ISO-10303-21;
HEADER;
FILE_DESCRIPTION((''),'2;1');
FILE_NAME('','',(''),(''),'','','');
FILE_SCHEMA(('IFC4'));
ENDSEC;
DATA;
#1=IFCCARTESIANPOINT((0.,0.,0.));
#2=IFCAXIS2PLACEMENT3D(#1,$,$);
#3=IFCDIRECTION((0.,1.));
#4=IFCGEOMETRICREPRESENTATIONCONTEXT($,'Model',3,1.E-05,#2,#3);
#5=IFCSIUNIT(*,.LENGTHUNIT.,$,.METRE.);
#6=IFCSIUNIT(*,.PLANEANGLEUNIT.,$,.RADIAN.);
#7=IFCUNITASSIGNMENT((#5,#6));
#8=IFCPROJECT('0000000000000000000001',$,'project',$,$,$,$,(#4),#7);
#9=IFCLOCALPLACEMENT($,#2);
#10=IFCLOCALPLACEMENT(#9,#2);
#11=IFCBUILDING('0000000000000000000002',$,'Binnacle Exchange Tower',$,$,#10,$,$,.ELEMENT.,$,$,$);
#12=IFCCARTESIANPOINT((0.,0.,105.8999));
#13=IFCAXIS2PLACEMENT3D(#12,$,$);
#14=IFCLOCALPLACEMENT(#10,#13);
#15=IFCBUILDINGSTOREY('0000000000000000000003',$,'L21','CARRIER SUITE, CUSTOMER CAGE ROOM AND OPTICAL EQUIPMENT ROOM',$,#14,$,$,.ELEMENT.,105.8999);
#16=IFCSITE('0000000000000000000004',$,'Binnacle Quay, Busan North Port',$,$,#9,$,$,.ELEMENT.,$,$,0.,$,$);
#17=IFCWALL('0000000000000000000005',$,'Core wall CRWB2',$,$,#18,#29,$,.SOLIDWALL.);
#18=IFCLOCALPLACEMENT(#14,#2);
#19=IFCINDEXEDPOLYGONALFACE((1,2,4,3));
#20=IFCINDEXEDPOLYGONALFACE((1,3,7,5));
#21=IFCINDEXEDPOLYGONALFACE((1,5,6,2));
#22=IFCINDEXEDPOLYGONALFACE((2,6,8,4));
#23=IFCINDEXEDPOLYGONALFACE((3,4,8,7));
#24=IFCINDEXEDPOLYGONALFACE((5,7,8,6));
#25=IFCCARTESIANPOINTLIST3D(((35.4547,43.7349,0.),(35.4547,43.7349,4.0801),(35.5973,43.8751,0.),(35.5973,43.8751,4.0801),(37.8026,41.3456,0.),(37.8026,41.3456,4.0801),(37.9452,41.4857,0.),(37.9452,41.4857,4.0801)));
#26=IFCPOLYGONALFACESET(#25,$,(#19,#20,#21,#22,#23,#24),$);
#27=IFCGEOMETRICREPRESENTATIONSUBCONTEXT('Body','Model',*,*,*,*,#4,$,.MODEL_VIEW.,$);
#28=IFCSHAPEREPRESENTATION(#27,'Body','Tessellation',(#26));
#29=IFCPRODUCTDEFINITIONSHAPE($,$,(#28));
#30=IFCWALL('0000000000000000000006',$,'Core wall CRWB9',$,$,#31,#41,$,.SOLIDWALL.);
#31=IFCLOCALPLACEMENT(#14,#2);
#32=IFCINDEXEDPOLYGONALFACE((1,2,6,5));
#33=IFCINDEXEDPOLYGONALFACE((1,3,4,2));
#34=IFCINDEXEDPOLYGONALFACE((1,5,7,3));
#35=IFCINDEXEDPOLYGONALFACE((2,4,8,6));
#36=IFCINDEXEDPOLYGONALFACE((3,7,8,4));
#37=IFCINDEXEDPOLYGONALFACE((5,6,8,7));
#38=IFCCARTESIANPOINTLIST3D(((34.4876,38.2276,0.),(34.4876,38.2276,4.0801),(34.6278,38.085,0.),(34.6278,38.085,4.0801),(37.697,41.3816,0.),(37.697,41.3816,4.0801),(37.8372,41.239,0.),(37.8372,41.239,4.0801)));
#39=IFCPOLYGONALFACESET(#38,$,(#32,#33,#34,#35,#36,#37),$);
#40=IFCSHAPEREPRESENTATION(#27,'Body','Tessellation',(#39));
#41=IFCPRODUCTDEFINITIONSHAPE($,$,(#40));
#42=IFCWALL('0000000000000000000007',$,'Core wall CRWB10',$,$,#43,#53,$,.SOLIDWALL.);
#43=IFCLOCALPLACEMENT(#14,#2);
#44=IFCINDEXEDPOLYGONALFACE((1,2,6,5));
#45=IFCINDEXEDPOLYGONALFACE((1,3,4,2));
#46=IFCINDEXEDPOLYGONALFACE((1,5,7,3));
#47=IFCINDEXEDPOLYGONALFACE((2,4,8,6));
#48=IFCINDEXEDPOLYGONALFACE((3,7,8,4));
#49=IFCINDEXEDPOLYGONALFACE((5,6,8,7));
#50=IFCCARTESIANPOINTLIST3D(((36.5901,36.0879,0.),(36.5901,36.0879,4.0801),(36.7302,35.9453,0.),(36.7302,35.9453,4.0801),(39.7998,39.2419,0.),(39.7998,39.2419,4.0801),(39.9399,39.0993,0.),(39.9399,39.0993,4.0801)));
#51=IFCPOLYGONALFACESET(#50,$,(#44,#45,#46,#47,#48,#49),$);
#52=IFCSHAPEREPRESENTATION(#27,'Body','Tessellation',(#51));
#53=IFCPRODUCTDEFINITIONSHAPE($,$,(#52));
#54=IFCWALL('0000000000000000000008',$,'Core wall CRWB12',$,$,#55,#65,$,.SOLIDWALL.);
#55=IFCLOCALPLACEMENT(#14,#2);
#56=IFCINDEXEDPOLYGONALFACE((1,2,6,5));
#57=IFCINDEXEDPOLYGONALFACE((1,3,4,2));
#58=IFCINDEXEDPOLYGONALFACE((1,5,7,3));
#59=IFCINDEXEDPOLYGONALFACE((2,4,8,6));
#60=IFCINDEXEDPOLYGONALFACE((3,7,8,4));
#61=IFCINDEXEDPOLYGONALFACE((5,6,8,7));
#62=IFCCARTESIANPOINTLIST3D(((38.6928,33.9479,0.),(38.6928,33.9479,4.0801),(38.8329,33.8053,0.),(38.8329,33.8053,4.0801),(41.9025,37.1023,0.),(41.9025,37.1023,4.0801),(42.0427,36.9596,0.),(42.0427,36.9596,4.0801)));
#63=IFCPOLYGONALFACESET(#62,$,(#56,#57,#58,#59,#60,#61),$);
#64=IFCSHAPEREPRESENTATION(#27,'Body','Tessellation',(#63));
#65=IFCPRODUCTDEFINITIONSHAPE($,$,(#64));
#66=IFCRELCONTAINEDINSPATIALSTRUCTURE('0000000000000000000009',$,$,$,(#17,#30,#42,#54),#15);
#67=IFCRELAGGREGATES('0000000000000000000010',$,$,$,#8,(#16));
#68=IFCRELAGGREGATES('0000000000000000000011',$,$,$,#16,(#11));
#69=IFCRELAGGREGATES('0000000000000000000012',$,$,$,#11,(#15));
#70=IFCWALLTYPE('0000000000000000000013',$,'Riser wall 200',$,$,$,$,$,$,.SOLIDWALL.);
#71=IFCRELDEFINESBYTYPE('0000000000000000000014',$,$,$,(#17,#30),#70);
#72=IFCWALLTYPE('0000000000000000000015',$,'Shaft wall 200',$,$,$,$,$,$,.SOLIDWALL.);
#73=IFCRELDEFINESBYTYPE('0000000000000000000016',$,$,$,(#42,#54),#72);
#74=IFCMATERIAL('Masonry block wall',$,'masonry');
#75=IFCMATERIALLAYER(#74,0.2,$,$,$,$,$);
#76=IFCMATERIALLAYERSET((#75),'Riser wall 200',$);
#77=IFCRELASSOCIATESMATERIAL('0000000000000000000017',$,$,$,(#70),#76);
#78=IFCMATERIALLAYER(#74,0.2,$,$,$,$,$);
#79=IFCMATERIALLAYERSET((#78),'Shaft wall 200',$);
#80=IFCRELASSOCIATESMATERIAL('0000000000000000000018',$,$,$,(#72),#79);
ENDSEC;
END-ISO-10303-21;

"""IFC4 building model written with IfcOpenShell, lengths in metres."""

from ifc_helpers import new_model, si_unit, direction, frame, frame_2d, origin, place, context, subcontext, project, spatial, rectangle, extrude, material, layer, layer_set, type_object, element, save


model = new_model("IFC4")

# Units and contexts
model_context = context("Model", 3, precision=1e-05, world=origin(), true_north=direction((0.0, 1.0)))
body_context = subcontext(model_context, "Body", "Model", "MODEL_VIEW")
ifc_project = project(units=[si_unit("LENGTHUNIT", "METRE"), si_unit("PLANEANGLEUNIT", "RADIAN")], contexts=[model_context])

# Site, building, storey
site_placement = place(None, origin())
site = spatial("IfcSite", under=ifc_project, at=site_placement, Name="Binnacle Quay, Busan North Port", CompositionType="ELEMENT", RefElevation=0.0)
building_placement = place(site_placement, origin())
building = spatial("IfcBuilding", under=site, at=building_placement, Name="Binnacle Exchange Tower", CompositionType="ELEMENT")
storey_placement = place(building_placement, frame((0.0, 0.0, 105.8999)))
storey = spatial("IfcBuildingStorey", under=building, at=storey_placement, Name="L21", Description="CARRIER SUITE, CUSTOMER CAGE ROOM AND OPTICAL EQUIPMENT ROOM", CompositionType="ELEMENT", Elevation=105.8999)

# Shared definitions
ifc_material_1 = material(Name="Masonry block wall", Category="masonry")

# Walls
ifc_layer_1 = layer(ifc_material_1, 0.2)
ifc_layer_set_1 = layer_set([ifc_layer_1], Name="Riser wall 200")
wall_type_1 = type_object("IfcWallType", Name="Riser wall 200", PredefinedType="SOLIDWALL", material=ifc_layer_set_1)
wall_1_placement = place(storey_placement, frame((35.5261, 43.8049, 0.0), z_axis=(0.0, 0.0, 1.0), x_axis=(0.700885, -0.713274, 0.0)))
element("IfcWall", 1, at=wall_1_placement, inside=storey, type_object=wall_type_1, Name="Core wall CRWB2", PredefinedType="SOLIDWALL", context=body_context, shape_type="SweptSolid", body=[
    extrude(rectangle(XDim=3.3499, YDim=0.2, at=frame_2d((1.6748, 0.0))), origin(), (0.0, 0.0, 1.0), 4.0801),
])
wall_2_placement = place(storey_placement, frame((34.5576, 38.1562, 0.0), z_axis=(0.0, 0.0, 1.0), x_axis=(0.713238, 0.700922, 0.0)))
element("IfcWall", 2, at=wall_2_placement, inside=storey, type_object=wall_type_1, Name="Core wall CRWB9", PredefinedType="SOLIDWALL", context=body_context, shape_type="SweptSolid", body=[
    extrude(rectangle(XDim=4.4998, YDim=0.2, at=frame_2d((2.25, 0.0))), origin(), (0.0, 0.0, 1.0), 4.0801),
])
ifc_layer_2 = layer(ifc_material_1, 0.2)
ifc_layer_set_2 = layer_set([ifc_layer_2], Name="Shaft wall 200")
wall_type_2 = type_object("IfcWallType", Name="Shaft wall 200", PredefinedType="SOLIDWALL", material=ifc_layer_set_2)
wall_3_placement = place(storey_placement, frame((36.6602, 36.0166, 0.0), z_axis=(0.0, 0.0, 1.0), x_axis=(0.713265, 0.700895, 0.0)))
element("IfcWall", 3, at=wall_3_placement, inside=storey, type_object=wall_type_2, Name="Core wall CRWB10", PredefinedType="SOLIDWALL", context=body_context, shape_type="SweptSolid", body=[
    extrude(rectangle(XDim=4.5, YDim=0.2, at=frame_2d((2.25, 0.0))), origin(), (0.0, 0.0, 1.0), 4.0801),
])
wall_4_placement = place(storey_placement, frame((38.7629, 33.8767, 0.0), z_axis=(0.0, 0.0, 1.0), x_axis=(0.713237, 0.700922, 0.0)))
element("IfcWall", 4, at=wall_4_placement, inside=storey, type_object=wall_type_2, Name="Core wall CRWB12", PredefinedType="SOLIDWALL", context=body_context, shape_type="SweptSolid", body=[
    extrude(rectangle(XDim=4.5002, YDim=0.2, at=frame_2d((2.25, 0.0))), origin(), (0.0, 0.0, 1.0), 4.0801),
])

save(model, "model.ifc")
